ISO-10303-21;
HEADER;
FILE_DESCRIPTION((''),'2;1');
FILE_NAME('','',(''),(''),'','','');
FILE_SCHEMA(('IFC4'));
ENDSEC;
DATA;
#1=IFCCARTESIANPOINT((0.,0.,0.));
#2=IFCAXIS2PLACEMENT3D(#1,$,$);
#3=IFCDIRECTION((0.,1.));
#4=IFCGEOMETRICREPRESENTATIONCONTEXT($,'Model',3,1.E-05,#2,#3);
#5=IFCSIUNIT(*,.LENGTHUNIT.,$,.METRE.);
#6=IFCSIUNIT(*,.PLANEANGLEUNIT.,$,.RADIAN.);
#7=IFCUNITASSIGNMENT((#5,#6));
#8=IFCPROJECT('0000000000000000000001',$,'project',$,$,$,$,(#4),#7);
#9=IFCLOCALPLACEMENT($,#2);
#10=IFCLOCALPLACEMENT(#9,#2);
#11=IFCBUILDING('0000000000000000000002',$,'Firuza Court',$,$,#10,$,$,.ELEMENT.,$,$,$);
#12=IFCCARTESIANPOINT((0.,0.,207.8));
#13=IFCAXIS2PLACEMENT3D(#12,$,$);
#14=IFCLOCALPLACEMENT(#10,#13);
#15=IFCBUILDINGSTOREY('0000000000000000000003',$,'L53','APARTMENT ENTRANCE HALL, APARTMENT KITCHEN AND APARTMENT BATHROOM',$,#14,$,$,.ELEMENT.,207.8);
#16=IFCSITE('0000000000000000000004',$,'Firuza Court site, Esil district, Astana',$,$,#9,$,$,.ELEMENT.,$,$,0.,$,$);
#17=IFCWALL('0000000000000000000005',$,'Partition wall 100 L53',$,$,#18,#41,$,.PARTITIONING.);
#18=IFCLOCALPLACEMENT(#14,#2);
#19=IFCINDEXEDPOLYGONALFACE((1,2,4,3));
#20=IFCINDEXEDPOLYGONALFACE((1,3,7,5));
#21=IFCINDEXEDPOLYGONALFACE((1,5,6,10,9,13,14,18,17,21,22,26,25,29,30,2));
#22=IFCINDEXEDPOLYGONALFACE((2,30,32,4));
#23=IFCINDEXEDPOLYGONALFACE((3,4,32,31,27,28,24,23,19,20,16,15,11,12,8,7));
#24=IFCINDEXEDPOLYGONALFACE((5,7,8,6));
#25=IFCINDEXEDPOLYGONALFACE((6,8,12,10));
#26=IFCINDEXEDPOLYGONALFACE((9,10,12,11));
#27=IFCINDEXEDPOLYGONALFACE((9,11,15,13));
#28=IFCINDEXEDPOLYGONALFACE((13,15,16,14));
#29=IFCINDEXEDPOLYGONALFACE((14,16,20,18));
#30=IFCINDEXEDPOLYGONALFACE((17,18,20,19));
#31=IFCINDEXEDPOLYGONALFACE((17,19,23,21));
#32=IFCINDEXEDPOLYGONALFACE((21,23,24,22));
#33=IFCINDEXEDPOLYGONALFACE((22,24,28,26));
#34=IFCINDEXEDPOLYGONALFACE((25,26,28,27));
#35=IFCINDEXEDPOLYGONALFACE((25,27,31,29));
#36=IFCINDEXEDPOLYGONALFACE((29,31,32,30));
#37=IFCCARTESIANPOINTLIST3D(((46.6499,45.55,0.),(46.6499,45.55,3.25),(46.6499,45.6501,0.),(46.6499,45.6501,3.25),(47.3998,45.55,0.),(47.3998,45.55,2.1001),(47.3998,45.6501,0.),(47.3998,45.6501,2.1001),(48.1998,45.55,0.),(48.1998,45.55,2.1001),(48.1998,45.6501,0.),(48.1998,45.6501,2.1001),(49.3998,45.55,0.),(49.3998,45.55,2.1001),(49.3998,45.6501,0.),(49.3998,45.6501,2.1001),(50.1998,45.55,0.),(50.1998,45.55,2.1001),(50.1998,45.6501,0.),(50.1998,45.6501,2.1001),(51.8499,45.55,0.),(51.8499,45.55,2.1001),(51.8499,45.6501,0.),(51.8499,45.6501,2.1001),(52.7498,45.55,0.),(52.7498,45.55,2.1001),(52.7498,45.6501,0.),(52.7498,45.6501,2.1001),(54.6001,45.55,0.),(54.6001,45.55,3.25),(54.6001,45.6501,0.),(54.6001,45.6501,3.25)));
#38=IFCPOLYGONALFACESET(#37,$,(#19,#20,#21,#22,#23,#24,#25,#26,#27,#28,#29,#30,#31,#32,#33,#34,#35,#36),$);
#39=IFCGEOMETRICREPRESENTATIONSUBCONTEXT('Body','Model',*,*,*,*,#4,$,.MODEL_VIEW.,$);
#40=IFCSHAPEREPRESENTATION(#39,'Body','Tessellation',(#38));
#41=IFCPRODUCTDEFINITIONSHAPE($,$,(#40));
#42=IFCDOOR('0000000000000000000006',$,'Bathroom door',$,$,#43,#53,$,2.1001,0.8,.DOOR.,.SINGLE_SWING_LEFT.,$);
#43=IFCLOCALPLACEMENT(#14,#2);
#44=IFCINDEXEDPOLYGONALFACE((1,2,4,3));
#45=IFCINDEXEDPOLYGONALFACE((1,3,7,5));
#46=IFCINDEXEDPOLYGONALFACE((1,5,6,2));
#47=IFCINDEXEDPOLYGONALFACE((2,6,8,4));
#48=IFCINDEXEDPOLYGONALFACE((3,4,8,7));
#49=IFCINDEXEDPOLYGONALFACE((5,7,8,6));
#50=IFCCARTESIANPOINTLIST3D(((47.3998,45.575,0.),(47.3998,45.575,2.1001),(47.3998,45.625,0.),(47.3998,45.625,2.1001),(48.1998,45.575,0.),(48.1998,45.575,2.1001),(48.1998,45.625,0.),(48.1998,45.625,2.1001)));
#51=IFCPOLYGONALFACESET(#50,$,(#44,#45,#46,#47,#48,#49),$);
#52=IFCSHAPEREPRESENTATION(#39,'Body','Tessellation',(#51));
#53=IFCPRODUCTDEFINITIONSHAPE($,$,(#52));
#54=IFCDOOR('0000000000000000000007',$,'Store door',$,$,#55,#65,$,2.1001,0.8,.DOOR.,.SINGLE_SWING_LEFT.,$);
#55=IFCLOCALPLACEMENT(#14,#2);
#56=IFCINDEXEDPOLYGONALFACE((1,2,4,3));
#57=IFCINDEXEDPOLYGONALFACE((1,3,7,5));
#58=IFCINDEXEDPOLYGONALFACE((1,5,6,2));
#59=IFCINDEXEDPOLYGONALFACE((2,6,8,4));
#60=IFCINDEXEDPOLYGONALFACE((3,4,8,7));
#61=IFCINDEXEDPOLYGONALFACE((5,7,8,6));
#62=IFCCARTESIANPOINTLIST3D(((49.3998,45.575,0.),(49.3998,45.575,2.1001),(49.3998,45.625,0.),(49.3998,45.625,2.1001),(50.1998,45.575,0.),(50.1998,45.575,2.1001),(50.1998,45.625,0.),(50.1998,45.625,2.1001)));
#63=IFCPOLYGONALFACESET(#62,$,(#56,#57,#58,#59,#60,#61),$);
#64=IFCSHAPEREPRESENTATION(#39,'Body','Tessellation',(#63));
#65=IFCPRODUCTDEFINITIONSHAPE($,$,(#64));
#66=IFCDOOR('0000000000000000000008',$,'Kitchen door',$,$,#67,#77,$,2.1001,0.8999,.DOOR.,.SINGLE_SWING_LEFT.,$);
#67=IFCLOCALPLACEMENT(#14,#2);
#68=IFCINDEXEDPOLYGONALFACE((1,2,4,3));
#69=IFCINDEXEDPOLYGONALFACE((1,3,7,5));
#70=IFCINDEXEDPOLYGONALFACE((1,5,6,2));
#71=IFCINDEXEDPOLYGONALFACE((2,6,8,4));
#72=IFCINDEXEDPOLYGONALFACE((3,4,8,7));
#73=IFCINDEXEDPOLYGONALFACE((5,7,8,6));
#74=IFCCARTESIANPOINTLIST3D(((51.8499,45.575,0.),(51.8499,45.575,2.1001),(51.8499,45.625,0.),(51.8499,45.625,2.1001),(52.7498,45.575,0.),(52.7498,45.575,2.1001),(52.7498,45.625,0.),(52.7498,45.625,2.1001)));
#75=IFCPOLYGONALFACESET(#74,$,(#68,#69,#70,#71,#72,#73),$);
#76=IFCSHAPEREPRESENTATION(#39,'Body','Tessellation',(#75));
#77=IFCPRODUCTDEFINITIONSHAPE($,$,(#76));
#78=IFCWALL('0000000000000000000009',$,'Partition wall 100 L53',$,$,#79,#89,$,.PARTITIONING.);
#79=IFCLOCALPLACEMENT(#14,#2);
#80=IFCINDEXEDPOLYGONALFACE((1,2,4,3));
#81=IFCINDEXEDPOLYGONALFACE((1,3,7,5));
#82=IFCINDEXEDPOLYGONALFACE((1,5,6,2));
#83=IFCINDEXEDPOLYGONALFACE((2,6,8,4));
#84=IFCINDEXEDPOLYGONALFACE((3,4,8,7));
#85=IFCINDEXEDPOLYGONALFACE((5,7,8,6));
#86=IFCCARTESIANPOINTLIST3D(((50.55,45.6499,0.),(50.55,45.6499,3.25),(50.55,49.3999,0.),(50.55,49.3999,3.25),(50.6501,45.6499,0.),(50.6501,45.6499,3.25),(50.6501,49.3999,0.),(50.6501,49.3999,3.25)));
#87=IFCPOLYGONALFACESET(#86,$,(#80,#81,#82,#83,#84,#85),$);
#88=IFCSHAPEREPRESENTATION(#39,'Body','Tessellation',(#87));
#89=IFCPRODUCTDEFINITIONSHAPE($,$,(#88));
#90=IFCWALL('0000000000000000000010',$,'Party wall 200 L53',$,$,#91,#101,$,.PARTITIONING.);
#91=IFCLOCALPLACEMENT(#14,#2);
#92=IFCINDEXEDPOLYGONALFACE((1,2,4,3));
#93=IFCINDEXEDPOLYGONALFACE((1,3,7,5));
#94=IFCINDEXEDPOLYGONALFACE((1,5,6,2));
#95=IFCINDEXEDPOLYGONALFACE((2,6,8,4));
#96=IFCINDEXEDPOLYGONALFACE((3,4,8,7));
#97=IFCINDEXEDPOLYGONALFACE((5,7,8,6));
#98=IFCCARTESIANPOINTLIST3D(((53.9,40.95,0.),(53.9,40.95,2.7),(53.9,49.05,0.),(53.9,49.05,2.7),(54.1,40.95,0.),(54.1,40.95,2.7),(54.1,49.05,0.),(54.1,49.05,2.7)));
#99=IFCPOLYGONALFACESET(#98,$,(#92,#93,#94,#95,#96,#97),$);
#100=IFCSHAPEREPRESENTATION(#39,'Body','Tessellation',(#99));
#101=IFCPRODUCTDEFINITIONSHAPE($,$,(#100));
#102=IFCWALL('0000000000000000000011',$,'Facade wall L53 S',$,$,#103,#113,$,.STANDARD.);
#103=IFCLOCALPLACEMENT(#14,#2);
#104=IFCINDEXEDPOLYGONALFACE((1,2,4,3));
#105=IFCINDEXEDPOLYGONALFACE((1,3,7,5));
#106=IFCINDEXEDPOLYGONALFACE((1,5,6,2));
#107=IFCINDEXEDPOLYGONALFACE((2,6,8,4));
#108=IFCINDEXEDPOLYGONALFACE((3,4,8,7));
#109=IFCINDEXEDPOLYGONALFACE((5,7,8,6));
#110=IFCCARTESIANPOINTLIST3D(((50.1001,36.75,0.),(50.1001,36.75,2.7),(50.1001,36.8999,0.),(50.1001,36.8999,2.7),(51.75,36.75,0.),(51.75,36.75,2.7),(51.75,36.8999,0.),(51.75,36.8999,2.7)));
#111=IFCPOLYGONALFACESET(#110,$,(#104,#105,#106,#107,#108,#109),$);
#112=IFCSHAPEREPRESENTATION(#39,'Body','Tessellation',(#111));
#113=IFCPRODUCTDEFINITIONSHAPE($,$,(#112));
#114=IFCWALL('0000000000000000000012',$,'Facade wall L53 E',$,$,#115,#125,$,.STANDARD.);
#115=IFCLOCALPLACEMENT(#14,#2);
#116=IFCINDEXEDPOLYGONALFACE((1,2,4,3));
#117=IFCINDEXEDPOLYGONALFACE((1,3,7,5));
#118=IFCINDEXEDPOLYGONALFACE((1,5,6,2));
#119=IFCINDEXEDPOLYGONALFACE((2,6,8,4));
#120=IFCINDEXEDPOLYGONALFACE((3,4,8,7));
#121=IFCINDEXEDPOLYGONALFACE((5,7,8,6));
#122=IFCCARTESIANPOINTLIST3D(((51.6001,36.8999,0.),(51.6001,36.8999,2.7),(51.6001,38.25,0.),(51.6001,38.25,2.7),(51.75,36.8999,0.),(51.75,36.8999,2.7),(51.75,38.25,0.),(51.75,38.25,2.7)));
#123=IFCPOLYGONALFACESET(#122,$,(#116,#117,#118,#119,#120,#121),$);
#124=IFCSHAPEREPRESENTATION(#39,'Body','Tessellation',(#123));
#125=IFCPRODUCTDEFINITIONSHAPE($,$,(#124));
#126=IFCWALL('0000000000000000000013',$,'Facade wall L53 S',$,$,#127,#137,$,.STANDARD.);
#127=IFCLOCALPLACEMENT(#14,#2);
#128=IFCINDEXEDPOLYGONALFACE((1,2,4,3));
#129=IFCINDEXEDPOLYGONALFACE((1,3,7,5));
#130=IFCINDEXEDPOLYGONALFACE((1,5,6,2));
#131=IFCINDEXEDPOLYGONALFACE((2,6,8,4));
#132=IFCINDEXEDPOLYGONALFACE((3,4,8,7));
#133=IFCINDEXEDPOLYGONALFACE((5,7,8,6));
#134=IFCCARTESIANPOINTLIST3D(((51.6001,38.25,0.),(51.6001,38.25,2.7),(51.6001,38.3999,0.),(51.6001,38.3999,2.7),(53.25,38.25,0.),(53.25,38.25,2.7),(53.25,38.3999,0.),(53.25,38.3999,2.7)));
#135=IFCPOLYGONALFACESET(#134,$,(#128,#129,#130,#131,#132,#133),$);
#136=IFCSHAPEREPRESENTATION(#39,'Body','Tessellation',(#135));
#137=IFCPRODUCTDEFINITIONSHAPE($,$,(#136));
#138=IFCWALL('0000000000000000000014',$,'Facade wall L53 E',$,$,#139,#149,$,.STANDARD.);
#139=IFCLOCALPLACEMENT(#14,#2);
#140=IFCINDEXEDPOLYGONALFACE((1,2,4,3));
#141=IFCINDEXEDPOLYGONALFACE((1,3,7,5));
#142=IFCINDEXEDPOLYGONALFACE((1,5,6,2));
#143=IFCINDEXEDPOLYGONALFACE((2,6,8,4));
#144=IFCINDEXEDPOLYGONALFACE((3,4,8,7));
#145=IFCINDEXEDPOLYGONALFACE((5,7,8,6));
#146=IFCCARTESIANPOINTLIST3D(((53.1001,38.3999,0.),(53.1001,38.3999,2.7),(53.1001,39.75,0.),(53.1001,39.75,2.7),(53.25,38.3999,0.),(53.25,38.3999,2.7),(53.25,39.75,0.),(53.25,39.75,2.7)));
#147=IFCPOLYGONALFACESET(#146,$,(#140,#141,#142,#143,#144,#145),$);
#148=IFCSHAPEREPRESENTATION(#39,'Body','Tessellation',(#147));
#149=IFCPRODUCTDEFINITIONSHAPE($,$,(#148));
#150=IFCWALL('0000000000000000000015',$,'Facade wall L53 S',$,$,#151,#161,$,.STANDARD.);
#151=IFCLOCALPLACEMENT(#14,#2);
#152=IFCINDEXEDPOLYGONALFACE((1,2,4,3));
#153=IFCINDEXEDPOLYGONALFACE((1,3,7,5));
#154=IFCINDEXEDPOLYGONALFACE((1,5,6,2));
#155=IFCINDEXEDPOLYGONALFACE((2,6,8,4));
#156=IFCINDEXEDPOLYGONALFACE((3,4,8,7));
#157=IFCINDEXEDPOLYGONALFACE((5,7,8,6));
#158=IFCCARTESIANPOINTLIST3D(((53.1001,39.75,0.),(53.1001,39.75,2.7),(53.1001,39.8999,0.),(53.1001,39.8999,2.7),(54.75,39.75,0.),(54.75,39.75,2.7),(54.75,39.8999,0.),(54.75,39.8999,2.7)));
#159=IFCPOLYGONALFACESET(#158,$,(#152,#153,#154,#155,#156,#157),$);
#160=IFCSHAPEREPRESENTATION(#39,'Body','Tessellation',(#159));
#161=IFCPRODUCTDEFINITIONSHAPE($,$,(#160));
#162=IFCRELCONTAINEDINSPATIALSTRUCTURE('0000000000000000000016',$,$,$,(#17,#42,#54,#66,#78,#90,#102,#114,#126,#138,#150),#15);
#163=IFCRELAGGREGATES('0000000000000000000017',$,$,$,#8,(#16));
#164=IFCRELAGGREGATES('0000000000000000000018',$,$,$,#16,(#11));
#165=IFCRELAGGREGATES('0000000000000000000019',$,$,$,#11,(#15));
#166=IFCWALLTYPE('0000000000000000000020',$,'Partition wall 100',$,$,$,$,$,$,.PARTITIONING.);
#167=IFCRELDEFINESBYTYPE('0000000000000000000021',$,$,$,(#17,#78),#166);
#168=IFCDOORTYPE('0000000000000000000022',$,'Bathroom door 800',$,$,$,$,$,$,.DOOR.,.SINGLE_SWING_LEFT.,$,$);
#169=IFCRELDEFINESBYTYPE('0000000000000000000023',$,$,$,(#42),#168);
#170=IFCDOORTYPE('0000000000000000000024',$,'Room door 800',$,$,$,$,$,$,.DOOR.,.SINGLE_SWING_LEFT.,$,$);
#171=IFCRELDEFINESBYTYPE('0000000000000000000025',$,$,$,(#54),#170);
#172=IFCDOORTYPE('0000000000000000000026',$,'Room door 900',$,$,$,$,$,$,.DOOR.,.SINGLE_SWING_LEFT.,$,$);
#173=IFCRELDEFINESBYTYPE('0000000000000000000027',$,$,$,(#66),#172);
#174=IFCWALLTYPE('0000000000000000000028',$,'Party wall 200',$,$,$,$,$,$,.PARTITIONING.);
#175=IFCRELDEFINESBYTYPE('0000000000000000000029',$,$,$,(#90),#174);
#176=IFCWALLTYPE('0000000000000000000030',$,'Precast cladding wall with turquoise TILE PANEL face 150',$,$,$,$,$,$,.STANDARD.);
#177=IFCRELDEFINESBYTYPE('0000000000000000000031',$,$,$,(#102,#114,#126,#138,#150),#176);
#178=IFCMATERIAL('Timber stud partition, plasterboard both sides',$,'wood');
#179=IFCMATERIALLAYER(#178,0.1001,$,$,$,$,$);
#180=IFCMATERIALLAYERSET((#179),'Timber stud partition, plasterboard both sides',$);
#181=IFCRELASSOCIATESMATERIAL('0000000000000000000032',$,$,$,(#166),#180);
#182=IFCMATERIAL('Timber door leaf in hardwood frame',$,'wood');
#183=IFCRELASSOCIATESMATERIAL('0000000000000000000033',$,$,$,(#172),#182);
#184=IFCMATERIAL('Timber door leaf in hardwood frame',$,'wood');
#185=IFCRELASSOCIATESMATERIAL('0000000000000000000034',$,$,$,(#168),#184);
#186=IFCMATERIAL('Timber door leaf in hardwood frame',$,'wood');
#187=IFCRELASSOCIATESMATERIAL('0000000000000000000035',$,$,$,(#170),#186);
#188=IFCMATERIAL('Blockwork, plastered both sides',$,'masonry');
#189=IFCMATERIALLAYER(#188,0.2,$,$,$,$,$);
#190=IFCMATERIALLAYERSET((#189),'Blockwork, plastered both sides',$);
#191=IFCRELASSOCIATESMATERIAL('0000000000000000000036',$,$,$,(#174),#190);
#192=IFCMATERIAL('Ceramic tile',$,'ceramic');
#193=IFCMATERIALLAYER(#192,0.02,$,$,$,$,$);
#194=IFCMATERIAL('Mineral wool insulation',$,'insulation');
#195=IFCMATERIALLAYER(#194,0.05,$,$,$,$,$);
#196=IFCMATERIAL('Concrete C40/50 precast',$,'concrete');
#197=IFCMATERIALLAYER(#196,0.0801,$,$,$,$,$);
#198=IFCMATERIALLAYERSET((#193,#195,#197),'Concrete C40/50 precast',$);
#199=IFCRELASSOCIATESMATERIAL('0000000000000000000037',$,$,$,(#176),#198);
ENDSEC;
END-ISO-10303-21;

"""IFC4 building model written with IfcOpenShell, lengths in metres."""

from ifc_helpers import new_model, si_unit, direction, frame, frame_2d, origin, place, context, subcontext, project, spatial, rectangle, extrude, material, layer, layer_set, type_object, element, fill, save


model = new_model("IFC4")

# Units and contexts
model_context = context("Model", 3, precision=1e-05, world=origin(), true_north=direction((0.0, 1.0)))
body_context = subcontext(model_context, "Body", "Model", "MODEL_VIEW")
ifc_project = project(units=[si_unit("LENGTHUNIT", "METRE"), si_unit("PLANEANGLEUNIT", "RADIAN")], contexts=[model_context])

# Site, building, storey
site_placement = place(None, origin())
site = spatial("IfcSite", under=ifc_project, at=site_placement, Name="Firuza Court site, Esil district, Astana", CompositionType="ELEMENT", RefElevation=0.0)
building_placement = place(site_placement, origin())
building = spatial("IfcBuilding", under=site, at=building_placement, Name="Firuza Court", CompositionType="ELEMENT")
storey_placement = place(building_placement, frame((0.0, 0.0, 207.8)))
storey = spatial("IfcBuildingStorey", under=building, at=storey_placement, Name="L53", Description="APARTMENT ENTRANCE HALL, APARTMENT KITCHEN AND APARTMENT BATHROOM", CompositionType="ELEMENT", Elevation=207.8)

# Shared definitions
ifc_material_1 = material(Name="Timber stud partition, plasterboard both sides", Category="wood")
ifc_layer_1 = layer(ifc_material_1, 0.1001)
ifc_layer_set_1 = layer_set([ifc_layer_1], Name="Timber stud partition, plasterboard both sides")
wall_type_1 = type_object("IfcWallType", Name="Partition wall 100", PredefinedType="PARTITIONING", material=ifc_layer_set_1)
ifc_material_2 = material(Name="Timber door leaf in hardwood frame", Category="wood")
door_type_1 = type_object("IfcDoorType", Name="Room door 900", OperationType="SINGLE_SWING_LEFT", PredefinedType="DOOR", material=ifc_material_2)

# Wall, openings, doors
wall_1_placement = place(storey_placement, frame((46.6499, 45.6001, 0.0), z_axis=(0.0, 0.0, 1.0), x_axis=(1.0, 0.0, 0.0)))
wall_1 = element("IfcWall", 1, at=wall_1_placement, inside=storey, type_object=wall_type_1, Name="Partition wall 100 L53", PredefinedType="PARTITIONING", context=body_context, shape_type="SweptSolid", body=[
    extrude(rectangle(XDim=7.9502, YDim=0.1001, at=frame_2d((3.9751, 0.0))), origin(), (0.0, 0.0, 1.0), 3.25),
])
opening_1_placement = place(wall_1_placement, frame((0.75, 0.0, 0.0)))
opening_1 = element("IfcOpeningElement", 2, at=opening_1_placement, cuts=wall_1, PredefinedType="OPENING", context=body_context, shape_type="SweptSolid", body=[
    extrude(rectangle(XDim=0.8, YDim=2.1001, at=frame_2d((0.3999, 1.05))), frame((0.0, 0.062, 0.0), z_axis=(0.0, -1.0, 0.0), x_axis=(1.0, 0.0, 0.0)), (0.0, 0.0, 1.0), 0.124),
])
opening_2_placement = place(wall_1_placement, frame((5.2, 0.0, 0.0)))
opening_2 = element("IfcOpeningElement", 3, at=opening_2_placement, cuts=wall_1, PredefinedType="OPENING", context=body_context, shape_type="SweptSolid", body=[
    extrude(rectangle(XDim=0.8999, YDim=2.1001, at=frame_2d((0.45, 1.05))), frame((0.0, 0.062, 0.0), z_axis=(0.0, -1.0, 0.0), x_axis=(1.0, 0.0, 0.0)), (0.0, 0.0, 1.0), 0.124),
])
opening_3_placement = place(wall_1_placement, frame((2.75, 0.0, 0.0)))
opening_3 = element("IfcOpeningElement", 4, at=opening_3_placement, cuts=wall_1, PredefinedType="OPENING", context=body_context, shape_type="SweptSolid", body=[
    extrude(rectangle(XDim=0.8, YDim=2.1001, at=frame_2d((0.3999, 1.05))), frame((0.0, 0.062, 0.0), z_axis=(0.0, -1.0, 0.0), x_axis=(1.0, 0.0, 0.0)), (0.0, 0.0, 1.0), 0.124),
])
ifc_material_3 = material(Name="Timber door leaf in hardwood frame", Category="wood")
door_type_2 = type_object("IfcDoorType", Name="Bathroom door 800", OperationType="SINGLE_SWING_LEFT", PredefinedType="DOOR", material=ifc_material_3)
door_1_placement = place(opening_1_placement, origin())
door_1 = element("IfcDoor", 5, at=door_1_placement, inside=storey, type_object=door_type_2, Name="Bathroom door", OperationType="SINGLE_SWING_LEFT", OverallHeight=2.1001, OverallWidth=0.8, PredefinedType="DOOR", context=body_context, shape_type="SweptSolid", body=[
    extrude(rectangle(XDim=0.8, YDim=2.1001, at=frame_2d((0.3999, 1.05))), frame((0.0, 0.0249, 0.0), z_axis=(0.0, -1.0, 0.0), x_axis=(1.0, 0.0, 0.0)), (0.0, 0.0, 1.0), 0.05),
])
fill(opening_1, door_1)
ifc_material_4 = material(Name="Timber door leaf in hardwood frame", Category="wood")
door_type_3 = type_object("IfcDoorType", Name="Room door 800", OperationType="SINGLE_SWING_LEFT", PredefinedType="DOOR", material=ifc_material_4)
door_2_placement = place(opening_3_placement, origin())
door_2 = element("IfcDoor", 6, at=door_2_placement, inside=storey, type_object=door_type_3, Name="Store door", OperationType="SINGLE_SWING_LEFT", OverallHeight=2.1001, OverallWidth=0.8, PredefinedType="DOOR", context=body_context, shape_type="SweptSolid", body=[
    extrude(rectangle(XDim=0.8, YDim=2.1001, at=frame_2d((0.3999, 1.05))), frame((0.0, 0.0249, 0.0), z_axis=(0.0, -1.0, 0.0), x_axis=(1.0, 0.0, 0.0)), (0.0, 0.0, 1.0), 0.05),
])
fill(opening_3, door_2)
door_3_placement = place(opening_2_placement, origin())
door_3 = element("IfcDoor", 7, at=door_3_placement, inside=storey, type_object=door_type_1, Name="Kitchen door", OperationType="SINGLE_SWING_LEFT", OverallHeight=2.1001, OverallWidth=0.8999, PredefinedType="DOOR", context=body_context, shape_type="SweptSolid", body=[
    extrude(rectangle(XDim=0.8999, YDim=2.1001, at=frame_2d((0.45, 1.05))), frame((0.0, 0.0249, 0.0), z_axis=(0.0, -1.0, 0.0), x_axis=(1.0, 0.0, 0.0)), (0.0, 0.0, 1.0), 0.05),
])
fill(opening_2, door_3)

# Walls
wall_2_placement = place(storey_placement, frame((50.6001, 45.6499, 0.0), z_axis=(0.0, 0.0, 1.0), x_axis=(0.0, 1.0, 0.0)))
element("IfcWall", 8, at=wall_2_placement, inside=storey, type_object=wall_type_1, Name="Partition wall 100 L53", PredefinedType="PARTITIONING", context=body_context, shape_type="SweptSolid", body=[
    extrude(rectangle(XDim=3.75, YDim=0.1001, at=frame_2d((1.875, 0.0))), origin(), (0.0, 0.0, 1.0), 3.25),
])
ifc_material_5 = material(Name="Blockwork, plastered both sides", Category="masonry")
ifc_layer_2 = layer(ifc_material_5, 0.2)
ifc_layer_set_2 = layer_set([ifc_layer_2], Name="Blockwork, plastered both sides")
wall_type_2 = type_object("IfcWallType", Name="Party wall 200", PredefinedType="PARTITIONING", material=ifc_layer_set_2)
wall_3_placement = place(storey_placement, frame((54.0, 40.95, 0.0), z_axis=(0.0, 0.0, 1.0), x_axis=(0.0, 1.0, 0.0)))
element("IfcWall", 9, at=wall_3_placement, inside=storey, type_object=wall_type_2, Name="Party wall 200 L53", PredefinedType="PARTITIONING", context=body_context, shape_type="SweptSolid", body=[
    extrude(rectangle(XDim=8.1001, YDim=0.2, at=frame_2d((4.05, 0.0))), origin(), (0.0, 0.0, 1.0), 2.7),
])
ifc_material_6 = material(Name="Ceramic tile", Category="ceramic")
ifc_layer_3 = layer(ifc_material_6, 0.02)
ifc_material_7 = material(Name="Mineral wool insulation", Category="insulation")
ifc_layer_4 = layer(ifc_material_7, 0.05)
ifc_material_8 = material(Name="Concrete C40/50 precast", Category="concrete")
ifc_layer_5 = layer(ifc_material_8, 0.0801)
ifc_layer_set_3 = layer_set([ifc_layer_3, ifc_layer_4, ifc_layer_5], Name="Concrete C40/50 precast")
wall_type_3 = type_object("IfcWallType", Name="Precast cladding wall with turquoise TILE PANEL face 150", PredefinedType="STANDARD", material=ifc_layer_set_3)
wall_4_placement = place(storey_placement, frame((50.1001, 36.825, 0.0), z_axis=(0.0, 0.0, 1.0), x_axis=(1.0, 0.0, 0.0)))
element("IfcWall", 10, at=wall_4_placement, inside=storey, type_object=wall_type_3, Name="Facade wall L53 S", PredefinedType="STANDARD", context=body_context, shape_type="SweptSolid", body=[
    extrude(rectangle(XDim=1.6499, YDim=0.1499, at=frame_2d((0.825, 0.0))), origin(), (0.0, 0.0, 1.0), 2.7),
])
wall_5_placement = place(storey_placement, frame((51.675, 36.8999, 0.0), z_axis=(0.0, 0.0, 1.0), x_axis=(0.0, 1.0, 0.0)))
element("IfcWall", 11, at=wall_5_placement, inside=storey, type_object=wall_type_3, Name="Facade wall L53 E", PredefinedType="STANDARD", context=body_context, shape_type="SweptSolid", body=[
    extrude(rectangle(XDim=1.3501, YDim=0.1499, at=frame_2d((0.675, 0.0))), origin(), (0.0, 0.0, 1.0), 2.7),
])
wall_6_placement = place(storey_placement, frame((51.6001, 38.325, 0.0), z_axis=(0.0, 0.0, 1.0), x_axis=(1.0, 0.0, 0.0)))
element("IfcWall", 12, at=wall_6_placement, inside=storey, type_object=wall_type_3, Name="Facade wall L53 S", PredefinedType="STANDARD", context=body_context, shape_type="SweptSolid", body=[
    extrude(rectangle(XDim=1.6499, YDim=0.1499, at=frame_2d((0.825, 0.0))), origin(), (0.0, 0.0, 1.0), 2.7),
])
wall_7_placement = place(storey_placement, frame((53.175, 38.3999, 0.0), z_axis=(0.0, 0.0, 1.0), x_axis=(0.0, 1.0, 0.0)))
element("IfcWall", 13, at=wall_7_placement, inside=storey, type_object=wall_type_3, Name="Facade wall L53 E", PredefinedType="STANDARD", context=body_context, shape_type="SweptSolid", body=[
    extrude(rectangle(XDim=1.3501, YDim=0.1499, at=frame_2d((0.675, 0.0))), origin(), (0.0, 0.0, 1.0), 2.7),
])
wall_8_placement = place(storey_placement, frame((53.1001, 39.825, 0.0), z_axis=(0.0, 0.0, 1.0), x_axis=(1.0, 0.0, 0.0)))
element("IfcWall", 14, at=wall_8_placement, inside=storey, type_object=wall_type_3, Name="Facade wall L53 S", PredefinedType="STANDARD", context=body_context, shape_type="SweptSolid", body=[
    extrude(rectangle(XDim=1.6499, YDim=0.1499, at=frame_2d((0.825, 0.0))), origin(), (0.0, 0.0, 1.0), 2.7),
])

save(model, "model.ifc")
